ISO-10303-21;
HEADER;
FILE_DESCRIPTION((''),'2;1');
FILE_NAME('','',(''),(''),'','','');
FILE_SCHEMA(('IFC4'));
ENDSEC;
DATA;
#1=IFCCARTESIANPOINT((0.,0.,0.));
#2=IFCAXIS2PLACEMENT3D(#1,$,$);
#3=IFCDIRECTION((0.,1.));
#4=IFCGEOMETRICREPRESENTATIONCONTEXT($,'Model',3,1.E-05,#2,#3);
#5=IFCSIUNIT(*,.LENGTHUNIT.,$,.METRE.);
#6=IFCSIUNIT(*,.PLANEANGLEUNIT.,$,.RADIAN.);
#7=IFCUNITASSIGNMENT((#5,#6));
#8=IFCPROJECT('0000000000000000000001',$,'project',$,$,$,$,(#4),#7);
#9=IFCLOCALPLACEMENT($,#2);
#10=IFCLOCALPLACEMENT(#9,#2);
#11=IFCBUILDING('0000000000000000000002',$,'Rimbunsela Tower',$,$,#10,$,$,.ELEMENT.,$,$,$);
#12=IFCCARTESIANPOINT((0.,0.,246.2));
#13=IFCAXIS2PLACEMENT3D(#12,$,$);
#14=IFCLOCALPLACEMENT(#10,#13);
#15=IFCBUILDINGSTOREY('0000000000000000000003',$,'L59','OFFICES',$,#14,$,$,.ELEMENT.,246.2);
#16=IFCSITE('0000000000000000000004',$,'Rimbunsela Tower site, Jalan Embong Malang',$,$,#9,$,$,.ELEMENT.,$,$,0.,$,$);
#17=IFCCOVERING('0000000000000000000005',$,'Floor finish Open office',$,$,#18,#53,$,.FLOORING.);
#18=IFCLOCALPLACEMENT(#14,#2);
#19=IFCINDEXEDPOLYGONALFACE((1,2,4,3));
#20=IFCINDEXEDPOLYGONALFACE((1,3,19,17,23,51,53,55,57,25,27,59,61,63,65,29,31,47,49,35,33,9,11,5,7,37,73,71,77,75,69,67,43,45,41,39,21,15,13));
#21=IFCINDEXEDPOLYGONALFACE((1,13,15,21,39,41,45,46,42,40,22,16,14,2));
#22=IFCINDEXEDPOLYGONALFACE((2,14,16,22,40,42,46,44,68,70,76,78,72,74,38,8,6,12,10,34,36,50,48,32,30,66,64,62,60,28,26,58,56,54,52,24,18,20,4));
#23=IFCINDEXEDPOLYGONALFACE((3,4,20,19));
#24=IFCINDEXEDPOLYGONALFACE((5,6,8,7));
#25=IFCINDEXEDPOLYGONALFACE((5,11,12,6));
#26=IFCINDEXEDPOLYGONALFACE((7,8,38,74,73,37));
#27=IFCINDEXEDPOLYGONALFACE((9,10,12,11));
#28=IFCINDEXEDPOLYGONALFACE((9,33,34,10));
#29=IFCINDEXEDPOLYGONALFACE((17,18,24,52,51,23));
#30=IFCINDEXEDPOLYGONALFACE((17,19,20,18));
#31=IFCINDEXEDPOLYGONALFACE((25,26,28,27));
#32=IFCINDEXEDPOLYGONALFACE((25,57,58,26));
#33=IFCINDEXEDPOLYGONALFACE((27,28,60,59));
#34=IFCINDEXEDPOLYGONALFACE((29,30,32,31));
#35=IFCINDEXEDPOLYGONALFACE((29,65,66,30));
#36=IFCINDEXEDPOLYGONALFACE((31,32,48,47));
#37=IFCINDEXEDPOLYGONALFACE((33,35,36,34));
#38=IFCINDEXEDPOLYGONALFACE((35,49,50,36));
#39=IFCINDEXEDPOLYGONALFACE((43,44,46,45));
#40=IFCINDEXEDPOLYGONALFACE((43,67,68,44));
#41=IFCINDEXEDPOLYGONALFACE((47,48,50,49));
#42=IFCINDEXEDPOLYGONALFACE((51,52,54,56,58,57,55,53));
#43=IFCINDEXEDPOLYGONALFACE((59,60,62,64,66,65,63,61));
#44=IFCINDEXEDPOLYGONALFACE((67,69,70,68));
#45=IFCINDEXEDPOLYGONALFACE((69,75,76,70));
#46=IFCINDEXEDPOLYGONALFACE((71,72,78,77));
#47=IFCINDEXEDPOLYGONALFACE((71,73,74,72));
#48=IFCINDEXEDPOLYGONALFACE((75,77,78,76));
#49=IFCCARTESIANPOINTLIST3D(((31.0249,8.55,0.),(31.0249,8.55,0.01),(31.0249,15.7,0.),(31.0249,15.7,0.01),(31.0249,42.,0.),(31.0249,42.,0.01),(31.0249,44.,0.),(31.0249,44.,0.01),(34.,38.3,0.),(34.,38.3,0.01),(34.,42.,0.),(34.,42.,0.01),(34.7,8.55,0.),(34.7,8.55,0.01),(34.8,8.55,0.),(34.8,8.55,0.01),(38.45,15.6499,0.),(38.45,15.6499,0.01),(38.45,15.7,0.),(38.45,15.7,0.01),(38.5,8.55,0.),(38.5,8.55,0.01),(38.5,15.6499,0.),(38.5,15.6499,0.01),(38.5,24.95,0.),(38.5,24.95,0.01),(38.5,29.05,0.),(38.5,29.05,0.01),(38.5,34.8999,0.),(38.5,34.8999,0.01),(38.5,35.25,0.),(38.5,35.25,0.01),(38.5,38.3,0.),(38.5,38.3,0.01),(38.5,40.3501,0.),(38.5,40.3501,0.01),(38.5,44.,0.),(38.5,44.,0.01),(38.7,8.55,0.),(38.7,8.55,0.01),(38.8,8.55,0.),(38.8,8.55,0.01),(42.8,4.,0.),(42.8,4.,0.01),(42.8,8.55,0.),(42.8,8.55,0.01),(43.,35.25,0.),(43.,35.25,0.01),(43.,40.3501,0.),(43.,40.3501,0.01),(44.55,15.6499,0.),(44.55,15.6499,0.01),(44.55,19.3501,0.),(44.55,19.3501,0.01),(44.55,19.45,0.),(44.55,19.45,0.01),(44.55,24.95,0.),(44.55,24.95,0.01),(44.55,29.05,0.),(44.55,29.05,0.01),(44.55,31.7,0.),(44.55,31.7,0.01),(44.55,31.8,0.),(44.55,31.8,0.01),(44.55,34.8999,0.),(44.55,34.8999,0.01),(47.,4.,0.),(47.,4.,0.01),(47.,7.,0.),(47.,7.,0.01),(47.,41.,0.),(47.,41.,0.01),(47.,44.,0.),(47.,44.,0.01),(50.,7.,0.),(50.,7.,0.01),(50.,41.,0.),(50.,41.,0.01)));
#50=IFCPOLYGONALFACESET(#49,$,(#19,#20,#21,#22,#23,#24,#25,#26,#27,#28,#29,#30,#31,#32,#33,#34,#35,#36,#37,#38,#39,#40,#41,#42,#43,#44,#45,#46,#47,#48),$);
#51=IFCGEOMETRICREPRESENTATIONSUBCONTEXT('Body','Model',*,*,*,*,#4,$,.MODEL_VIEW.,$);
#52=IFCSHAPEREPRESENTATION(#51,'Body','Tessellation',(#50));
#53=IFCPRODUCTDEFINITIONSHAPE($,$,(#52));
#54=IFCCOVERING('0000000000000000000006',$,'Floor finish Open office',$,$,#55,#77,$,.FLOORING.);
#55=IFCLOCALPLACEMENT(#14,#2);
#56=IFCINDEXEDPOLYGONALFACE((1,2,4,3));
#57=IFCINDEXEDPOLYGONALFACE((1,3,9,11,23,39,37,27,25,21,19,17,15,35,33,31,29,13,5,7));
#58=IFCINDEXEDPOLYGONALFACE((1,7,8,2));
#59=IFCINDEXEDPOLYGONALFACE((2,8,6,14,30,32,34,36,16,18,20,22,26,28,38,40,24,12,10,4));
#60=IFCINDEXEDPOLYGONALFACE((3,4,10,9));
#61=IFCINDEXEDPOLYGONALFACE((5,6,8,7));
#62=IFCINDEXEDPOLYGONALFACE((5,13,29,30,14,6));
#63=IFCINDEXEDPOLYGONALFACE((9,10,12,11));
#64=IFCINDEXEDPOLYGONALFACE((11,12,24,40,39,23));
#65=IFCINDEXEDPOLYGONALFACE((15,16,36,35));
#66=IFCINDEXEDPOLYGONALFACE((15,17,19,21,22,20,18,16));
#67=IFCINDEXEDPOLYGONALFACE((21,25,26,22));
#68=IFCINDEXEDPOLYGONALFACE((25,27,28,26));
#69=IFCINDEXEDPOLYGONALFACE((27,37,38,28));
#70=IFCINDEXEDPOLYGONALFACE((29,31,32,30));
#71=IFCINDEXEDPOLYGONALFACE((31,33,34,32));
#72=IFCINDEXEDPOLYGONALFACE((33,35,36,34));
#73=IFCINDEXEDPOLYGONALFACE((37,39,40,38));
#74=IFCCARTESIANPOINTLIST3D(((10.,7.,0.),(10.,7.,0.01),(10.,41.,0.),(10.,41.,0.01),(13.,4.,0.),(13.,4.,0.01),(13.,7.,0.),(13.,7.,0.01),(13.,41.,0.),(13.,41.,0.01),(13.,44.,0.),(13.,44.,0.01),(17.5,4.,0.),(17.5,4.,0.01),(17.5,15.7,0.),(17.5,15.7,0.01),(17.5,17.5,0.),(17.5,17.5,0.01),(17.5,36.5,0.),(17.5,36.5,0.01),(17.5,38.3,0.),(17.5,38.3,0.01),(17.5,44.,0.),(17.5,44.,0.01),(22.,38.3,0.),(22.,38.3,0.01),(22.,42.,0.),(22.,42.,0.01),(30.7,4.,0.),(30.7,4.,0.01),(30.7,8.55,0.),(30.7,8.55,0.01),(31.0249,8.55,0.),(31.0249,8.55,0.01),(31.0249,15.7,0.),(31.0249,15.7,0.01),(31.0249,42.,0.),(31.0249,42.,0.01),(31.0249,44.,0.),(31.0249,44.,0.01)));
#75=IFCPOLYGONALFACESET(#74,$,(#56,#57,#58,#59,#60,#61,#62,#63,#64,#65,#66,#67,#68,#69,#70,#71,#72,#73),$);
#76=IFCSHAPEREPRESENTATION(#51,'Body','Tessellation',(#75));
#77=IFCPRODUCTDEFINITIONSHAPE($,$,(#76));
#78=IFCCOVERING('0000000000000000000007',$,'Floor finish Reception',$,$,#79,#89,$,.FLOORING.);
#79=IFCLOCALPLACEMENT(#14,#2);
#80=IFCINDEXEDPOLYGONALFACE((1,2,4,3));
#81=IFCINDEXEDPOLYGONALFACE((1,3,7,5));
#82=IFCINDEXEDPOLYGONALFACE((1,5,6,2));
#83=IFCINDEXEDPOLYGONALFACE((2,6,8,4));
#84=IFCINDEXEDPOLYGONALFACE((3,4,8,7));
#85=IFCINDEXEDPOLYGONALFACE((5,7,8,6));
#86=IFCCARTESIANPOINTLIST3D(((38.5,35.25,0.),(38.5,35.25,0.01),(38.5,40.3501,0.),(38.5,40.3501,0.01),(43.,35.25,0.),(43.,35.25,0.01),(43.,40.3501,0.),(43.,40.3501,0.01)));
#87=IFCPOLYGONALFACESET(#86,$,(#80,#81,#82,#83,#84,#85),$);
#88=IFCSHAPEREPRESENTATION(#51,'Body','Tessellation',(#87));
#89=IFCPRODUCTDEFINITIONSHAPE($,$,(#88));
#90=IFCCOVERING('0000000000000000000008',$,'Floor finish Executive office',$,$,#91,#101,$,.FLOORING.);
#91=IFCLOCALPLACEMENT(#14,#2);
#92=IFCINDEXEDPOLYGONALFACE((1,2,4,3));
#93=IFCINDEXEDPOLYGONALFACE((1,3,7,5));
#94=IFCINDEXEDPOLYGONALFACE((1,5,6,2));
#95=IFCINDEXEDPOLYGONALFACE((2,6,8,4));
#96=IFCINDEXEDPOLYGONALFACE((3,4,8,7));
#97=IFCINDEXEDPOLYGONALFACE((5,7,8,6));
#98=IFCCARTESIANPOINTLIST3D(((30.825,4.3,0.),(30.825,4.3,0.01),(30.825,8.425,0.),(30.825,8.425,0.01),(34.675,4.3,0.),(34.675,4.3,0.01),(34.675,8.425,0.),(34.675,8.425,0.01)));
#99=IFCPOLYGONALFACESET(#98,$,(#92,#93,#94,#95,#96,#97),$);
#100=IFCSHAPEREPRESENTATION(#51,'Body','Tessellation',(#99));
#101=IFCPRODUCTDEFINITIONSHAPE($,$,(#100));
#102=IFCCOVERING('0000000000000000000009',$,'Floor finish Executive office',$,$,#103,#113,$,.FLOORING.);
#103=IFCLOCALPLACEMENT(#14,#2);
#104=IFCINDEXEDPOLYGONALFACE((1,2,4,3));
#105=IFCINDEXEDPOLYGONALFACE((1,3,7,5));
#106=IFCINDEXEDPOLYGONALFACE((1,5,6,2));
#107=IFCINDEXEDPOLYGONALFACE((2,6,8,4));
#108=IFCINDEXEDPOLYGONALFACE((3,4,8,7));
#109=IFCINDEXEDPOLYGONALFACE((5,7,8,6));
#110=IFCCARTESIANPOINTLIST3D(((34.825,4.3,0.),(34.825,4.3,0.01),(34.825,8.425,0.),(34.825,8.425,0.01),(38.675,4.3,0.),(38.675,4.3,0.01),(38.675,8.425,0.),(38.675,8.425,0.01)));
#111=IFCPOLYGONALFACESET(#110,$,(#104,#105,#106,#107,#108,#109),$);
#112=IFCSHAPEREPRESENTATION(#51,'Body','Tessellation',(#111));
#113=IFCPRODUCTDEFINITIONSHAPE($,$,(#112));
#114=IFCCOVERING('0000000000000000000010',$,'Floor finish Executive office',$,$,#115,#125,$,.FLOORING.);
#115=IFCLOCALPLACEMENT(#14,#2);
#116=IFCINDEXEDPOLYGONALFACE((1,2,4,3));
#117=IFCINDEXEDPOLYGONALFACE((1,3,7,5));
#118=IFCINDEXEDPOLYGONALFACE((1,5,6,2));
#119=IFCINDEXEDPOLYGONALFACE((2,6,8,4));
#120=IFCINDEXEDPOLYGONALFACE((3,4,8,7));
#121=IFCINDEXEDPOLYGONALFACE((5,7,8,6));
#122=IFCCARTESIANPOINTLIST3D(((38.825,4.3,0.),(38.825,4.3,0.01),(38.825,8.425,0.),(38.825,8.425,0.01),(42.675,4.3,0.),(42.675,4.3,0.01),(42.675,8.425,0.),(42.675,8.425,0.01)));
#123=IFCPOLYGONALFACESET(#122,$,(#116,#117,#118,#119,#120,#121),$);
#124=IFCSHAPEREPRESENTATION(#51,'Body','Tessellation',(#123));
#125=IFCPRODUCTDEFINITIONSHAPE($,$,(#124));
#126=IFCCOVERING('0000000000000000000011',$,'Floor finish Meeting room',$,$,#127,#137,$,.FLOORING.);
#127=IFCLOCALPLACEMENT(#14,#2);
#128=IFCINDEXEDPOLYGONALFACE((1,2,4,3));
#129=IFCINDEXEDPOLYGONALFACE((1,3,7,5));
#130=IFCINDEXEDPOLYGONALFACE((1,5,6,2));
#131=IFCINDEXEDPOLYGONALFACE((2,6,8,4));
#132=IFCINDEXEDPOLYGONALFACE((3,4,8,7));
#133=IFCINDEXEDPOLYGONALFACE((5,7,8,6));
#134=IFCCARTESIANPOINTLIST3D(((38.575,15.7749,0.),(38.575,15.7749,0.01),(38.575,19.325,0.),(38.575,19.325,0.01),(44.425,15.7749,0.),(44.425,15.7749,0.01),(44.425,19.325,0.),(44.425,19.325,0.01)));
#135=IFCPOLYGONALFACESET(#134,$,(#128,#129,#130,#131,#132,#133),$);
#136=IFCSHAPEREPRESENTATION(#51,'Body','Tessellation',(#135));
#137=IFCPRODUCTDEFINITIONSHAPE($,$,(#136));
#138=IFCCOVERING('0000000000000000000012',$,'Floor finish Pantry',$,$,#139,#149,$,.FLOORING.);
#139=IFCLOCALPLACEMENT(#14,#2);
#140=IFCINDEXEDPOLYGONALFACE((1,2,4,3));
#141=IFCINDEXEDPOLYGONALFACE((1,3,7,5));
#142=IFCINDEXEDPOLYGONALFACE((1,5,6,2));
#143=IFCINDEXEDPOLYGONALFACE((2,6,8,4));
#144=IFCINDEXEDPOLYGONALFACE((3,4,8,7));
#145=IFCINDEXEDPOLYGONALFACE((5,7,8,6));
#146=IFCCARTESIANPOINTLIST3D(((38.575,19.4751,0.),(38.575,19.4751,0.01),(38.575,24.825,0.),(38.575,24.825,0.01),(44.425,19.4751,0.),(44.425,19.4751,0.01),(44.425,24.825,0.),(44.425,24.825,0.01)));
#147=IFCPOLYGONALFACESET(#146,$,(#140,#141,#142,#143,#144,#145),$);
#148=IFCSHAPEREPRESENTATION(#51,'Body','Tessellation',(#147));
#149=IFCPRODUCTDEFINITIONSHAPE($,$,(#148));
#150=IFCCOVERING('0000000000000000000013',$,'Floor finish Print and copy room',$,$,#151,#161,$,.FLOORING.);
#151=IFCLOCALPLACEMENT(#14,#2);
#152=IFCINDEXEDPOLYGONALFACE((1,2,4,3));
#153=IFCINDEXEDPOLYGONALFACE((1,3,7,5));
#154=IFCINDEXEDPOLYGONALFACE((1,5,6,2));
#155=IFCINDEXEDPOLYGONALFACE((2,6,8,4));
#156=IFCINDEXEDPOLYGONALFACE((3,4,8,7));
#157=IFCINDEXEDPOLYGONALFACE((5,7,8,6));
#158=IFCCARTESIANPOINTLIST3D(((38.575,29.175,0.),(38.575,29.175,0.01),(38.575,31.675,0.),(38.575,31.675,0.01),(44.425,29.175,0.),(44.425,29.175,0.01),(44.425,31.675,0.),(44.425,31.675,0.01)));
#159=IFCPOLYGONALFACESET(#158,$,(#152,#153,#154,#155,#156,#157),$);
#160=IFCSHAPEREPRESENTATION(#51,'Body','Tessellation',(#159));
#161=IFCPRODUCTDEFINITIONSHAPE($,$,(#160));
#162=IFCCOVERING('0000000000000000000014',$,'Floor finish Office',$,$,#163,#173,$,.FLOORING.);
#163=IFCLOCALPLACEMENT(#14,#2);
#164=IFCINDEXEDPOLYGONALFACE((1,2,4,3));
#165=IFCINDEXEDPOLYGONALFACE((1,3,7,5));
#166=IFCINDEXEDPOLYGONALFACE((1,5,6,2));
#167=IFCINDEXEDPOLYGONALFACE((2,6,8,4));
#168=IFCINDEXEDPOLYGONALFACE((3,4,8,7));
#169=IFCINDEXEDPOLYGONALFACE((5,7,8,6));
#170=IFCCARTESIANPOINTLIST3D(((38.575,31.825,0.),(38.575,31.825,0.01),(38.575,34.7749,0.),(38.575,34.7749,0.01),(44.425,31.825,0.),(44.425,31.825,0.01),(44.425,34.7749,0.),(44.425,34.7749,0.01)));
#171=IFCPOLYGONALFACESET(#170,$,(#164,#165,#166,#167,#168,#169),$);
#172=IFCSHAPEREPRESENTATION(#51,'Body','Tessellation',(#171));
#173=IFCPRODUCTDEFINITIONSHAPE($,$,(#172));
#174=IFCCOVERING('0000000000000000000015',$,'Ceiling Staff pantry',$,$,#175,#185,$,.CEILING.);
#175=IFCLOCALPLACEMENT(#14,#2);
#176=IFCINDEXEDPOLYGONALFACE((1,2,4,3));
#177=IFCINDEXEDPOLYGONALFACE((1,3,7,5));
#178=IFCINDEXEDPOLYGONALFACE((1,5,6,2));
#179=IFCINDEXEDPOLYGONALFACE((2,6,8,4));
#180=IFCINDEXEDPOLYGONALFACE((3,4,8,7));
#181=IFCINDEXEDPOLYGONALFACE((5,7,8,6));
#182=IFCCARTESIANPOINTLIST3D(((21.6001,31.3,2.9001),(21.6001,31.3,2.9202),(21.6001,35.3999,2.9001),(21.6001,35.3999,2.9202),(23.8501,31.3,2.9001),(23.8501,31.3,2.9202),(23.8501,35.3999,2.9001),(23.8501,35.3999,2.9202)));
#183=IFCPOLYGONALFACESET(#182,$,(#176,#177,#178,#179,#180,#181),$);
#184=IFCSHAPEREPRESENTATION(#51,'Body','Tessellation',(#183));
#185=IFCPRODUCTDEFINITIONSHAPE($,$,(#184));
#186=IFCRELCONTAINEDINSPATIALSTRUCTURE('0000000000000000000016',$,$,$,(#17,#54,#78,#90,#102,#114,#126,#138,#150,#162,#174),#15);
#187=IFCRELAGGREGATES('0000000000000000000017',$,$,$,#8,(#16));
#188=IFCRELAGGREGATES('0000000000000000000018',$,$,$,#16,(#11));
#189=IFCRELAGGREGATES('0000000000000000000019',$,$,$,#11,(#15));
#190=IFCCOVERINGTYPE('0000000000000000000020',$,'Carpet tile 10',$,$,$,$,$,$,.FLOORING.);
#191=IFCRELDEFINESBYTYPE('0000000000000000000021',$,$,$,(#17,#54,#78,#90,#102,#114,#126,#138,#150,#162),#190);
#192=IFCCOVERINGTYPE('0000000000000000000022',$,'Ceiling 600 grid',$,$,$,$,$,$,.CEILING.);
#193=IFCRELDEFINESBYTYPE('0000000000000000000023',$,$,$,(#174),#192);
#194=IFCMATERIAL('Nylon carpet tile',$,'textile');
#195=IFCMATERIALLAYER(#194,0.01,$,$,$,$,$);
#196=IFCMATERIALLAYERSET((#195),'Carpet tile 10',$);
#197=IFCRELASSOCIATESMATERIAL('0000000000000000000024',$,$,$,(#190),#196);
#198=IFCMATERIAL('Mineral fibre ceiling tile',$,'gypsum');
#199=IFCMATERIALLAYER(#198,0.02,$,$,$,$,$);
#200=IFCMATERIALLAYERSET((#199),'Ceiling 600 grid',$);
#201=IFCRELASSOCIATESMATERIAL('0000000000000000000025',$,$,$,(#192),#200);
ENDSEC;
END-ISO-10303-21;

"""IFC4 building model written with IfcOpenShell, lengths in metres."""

from ifc_helpers import new_model, si_unit, direction, frame, origin, place, context, subcontext, project, spatial, polyline, outline, extrude, material, layer, layer_set, type_object, element, save


model = new_model("IFC4")

# Units and contexts
model_context = context("Model", 3, precision=1e-05, world=origin(), true_north=direction((0.0, 1.0)))
body_context = subcontext(model_context, "Body", "Model", "MODEL_VIEW")
ifc_project = project(units=[si_unit("LENGTHUNIT", "METRE"), si_unit("PLANEANGLEUNIT", "RADIAN")], contexts=[model_context])

# Site, building, storey
site_placement = place(None, origin())
site = spatial("IfcSite", under=ifc_project, at=site_placement, Name="Rimbunsela Tower site, Jalan Embong Malang", CompositionType="ELEMENT", RefElevation=0.0)
building_placement = place(site_placement, origin())
building = spatial("IfcBuilding", under=site, at=building_placement, Name="Rimbunsela Tower", CompositionType="ELEMENT")
storey_placement = place(building_placement, frame((0.0, 0.0, 246.2)))
storey = spatial("IfcBuildingStorey", under=building, at=storey_placement, Name="L59", Description="OFFICES", CompositionType="ELEMENT", Elevation=246.2)

# Coverings
ifc_material_1 = material(Name="Nylon carpet tile", Category="textile")
ifc_layer_1 = layer(ifc_material_1, 0.01)
ifc_layer_set_1 = layer_set([ifc_layer_1], Name="Carpet tile 10")
covering_type_1 = type_object("IfcCoveringType", Name="Carpet tile 10", PredefinedType="FLOORING", material=ifc_layer_set_1)
covering_1_placement = place(storey_placement, origin())
element("IfcCovering", 1, at=covering_1_placement, inside=storey, type_object=covering_type_1, Name="Floor finish Open office", PredefinedType="FLOORING", context=body_context, shape_type="SweptSolid", body=[
    extrude(outline(polyline([(31.0249, 44.0), (38.5, 44.0), (47.0, 44.0), (47.0, 41.0), (50.0, 41.0), (50.0, 7.0), (47.0, 7.0), (47.0, 4.0), (42.8, 4.0), (42.8, 8.55), (38.8, 8.55), (38.7, 8.55), (38.5, 8.55), (34.8, 8.55), (34.7, 8.55), (31.0249, 8.55), (31.0249, 15.7), (38.45, 15.7), (38.45, 15.6499), (38.5, 15.6499), (44.55, 15.6499), (44.55, 19.3501), (44.55, 19.45), (44.55, 24.95), (38.5, 24.95), (38.5, 29.05), (44.55, 29.05), (44.55, 31.7), (44.55, 31.8), (44.55, 34.8999), (38.5, 34.8999), (38.5, 35.25), (43.0, 35.25), (43.0, 40.3501), (38.5, 40.3501), (38.5, 38.3), (34.0, 38.3), (34.0, 42.0), (31.0249, 42.0), (31.0249, 44.0)])), origin(), (0.0, 0.0, 1.0), 0.01),
])
covering_2_placement = place(storey_placement, origin())
element("IfcCovering", 2, at=covering_2_placement, inside=storey, type_object=covering_type_1, Name="Floor finish Open office", PredefinedType="FLOORING", context=body_context, shape_type="SweptSolid", body=[
    extrude(outline(polyline([(30.7, 4.0), (17.5, 4.0), (13.0, 4.0), (13.0, 7.0), (10.0, 7.0), (10.0, 41.0), (13.0, 41.0), (13.0, 44.0), (17.5, 44.0), (31.0249, 44.0), (31.0249, 42.0), (22.0, 42.0), (22.0, 38.3), (17.5, 38.3), (17.5, 36.5), (17.5, 17.5), (17.5, 15.7), (31.0249, 15.7), (31.0249, 8.55), (30.7, 8.55), (30.7, 4.0)])), origin(), (0.0, 0.0, 1.0), 0.01),
])
covering_3_placement = place(storey_placement, origin())
element("IfcCovering", 3, at=covering_3_placement, inside=storey, type_object=covering_type_1, Name="Floor finish Reception", PredefinedType="FLOORING", context=body_context, shape_type="SweptSolid", body=[
    extrude(outline(polyline([(43.0, 35.25), (43.0, 40.3501), (38.5, 40.3501), (38.5, 35.25), (43.0, 35.25)])), origin(), (0.0, 0.0, 1.0), 0.01),
])
covering_4_placement = place(storey_placement, origin())
element("IfcCovering", 4, at=covering_4_placement, inside=storey, type_object=covering_type_1, Name="Floor finish Executive office", PredefinedType="FLOORING", context=body_context, shape_type="SweptSolid", body=[
    extrude(outline(polyline([(34.675, 4.3), (34.675, 8.425), (30.825, 8.425), (30.825, 4.3), (34.675, 4.3)])), origin(), (0.0, 0.0, 1.0), 0.01),
])
covering_5_placement = place(storey_placement, origin())
element("IfcCovering", 5, at=covering_5_placement, inside=storey, type_object=covering_type_1, Name="Floor finish Executive office", PredefinedType="FLOORING", context=body_context, shape_type="SweptSolid", body=[
    extrude(outline(polyline([(38.675, 4.3), (38.675, 8.425), (34.825, 8.425), (34.825, 4.3), (38.675, 4.3)])), origin(), (0.0, 0.0, 1.0), 0.01),
])
covering_6_placement = place(storey_placement, origin())
element("IfcCovering", 6, at=covering_6_placement, inside=storey, type_object=covering_type_1, Name="Floor finish Executive office", PredefinedType="FLOORING", context=body_context, shape_type="SweptSolid", body=[
    extrude(outline(polyline([(42.675, 4.3), (42.675, 8.425), (38.825, 8.425), (38.825, 4.3), (42.675, 4.3)])), origin(), (0.0, 0.0, 1.0), 0.01),
])
covering_7_placement = place(storey_placement, origin())
element("IfcCovering", 7, at=covering_7_placement, inside=storey, type_object=covering_type_1, Name="Floor finish Meeting room", PredefinedType="FLOORING", context=body_context, shape_type="SweptSolid", body=[
    extrude(outline(polyline([(44.425, 15.7749), (44.425, 19.325), (38.575, 19.325), (38.575, 15.7749), (44.425, 15.7749)])), origin(), (0.0, 0.0, 1.0), 0.01),
])
covering_8_placement = place(storey_placement, origin())
element("IfcCovering", 8, at=covering_8_placement, inside=storey, type_object=covering_type_1, Name="Floor finish Pantry", PredefinedType="FLOORING", context=body_context, shape_type="SweptSolid", body=[
    extrude(outline(polyline([(44.425, 19.4751), (44.425, 24.825), (38.575, 24.825), (38.575, 19.4751), (44.425, 19.4751)])), origin(), (0.0, 0.0, 1.0), 0.01),
])
covering_9_placement = place(storey_placement, origin())
element("IfcCovering", 9, at=covering_9_placement, inside=storey, type_object=covering_type_1, Name="Floor finish Print and copy room", PredefinedType="FLOORING", context=body_context, shape_type="SweptSolid", body=[
    extrude(outline(polyline([(44.425, 29.175), (44.425, 31.675), (38.575, 31.675), (38.575, 29.175), (44.425, 29.175)])), origin(), (0.0, 0.0, 1.0), 0.01),
])
covering_10_placement = place(storey_placement, origin())
element("IfcCovering", 10, at=covering_10_placement, inside=storey, type_object=covering_type_1, Name="Floor finish Office", PredefinedType="FLOORING", context=body_context, shape_type="SweptSolid", body=[
    extrude(outline(polyline([(44.425, 31.825), (44.425, 34.7749), (38.575, 34.7749), (38.575, 31.825), (44.425, 31.825)])), origin(), (0.0, 0.0, 1.0), 0.01),
])
ifc_material_2 = material(Name="Mineral fibre ceiling tile", Category="gypsum")
ifc_layer_2 = layer(ifc_material_2, 0.02)
ifc_layer_set_2 = layer_set([ifc_layer_2], Name="Ceiling 600 grid")
covering_type_2 = type_object("IfcCoveringType", Name="Ceiling 600 grid", PredefinedType="CEILING", material=ifc_layer_set_2)
covering_11_placement = place(storey_placement, frame((0.0, 0.0, 2.9001)))
element("IfcCovering", 11, at=covering_11_placement, inside=storey, type_object=covering_type_2, Name="Ceiling Staff pantry", PredefinedType="CEILING", context=body_context, shape_type="SweptSolid", body=[
    extrude(outline(polyline([(23.8501, 31.3), (23.8501, 35.3999), (21.6001, 35.3999), (21.6001, 31.3), (23.8501, 31.3)])), origin(), (0.0, 0.0, 1.0), 0.02),
])

save(model, "model.ifc")
